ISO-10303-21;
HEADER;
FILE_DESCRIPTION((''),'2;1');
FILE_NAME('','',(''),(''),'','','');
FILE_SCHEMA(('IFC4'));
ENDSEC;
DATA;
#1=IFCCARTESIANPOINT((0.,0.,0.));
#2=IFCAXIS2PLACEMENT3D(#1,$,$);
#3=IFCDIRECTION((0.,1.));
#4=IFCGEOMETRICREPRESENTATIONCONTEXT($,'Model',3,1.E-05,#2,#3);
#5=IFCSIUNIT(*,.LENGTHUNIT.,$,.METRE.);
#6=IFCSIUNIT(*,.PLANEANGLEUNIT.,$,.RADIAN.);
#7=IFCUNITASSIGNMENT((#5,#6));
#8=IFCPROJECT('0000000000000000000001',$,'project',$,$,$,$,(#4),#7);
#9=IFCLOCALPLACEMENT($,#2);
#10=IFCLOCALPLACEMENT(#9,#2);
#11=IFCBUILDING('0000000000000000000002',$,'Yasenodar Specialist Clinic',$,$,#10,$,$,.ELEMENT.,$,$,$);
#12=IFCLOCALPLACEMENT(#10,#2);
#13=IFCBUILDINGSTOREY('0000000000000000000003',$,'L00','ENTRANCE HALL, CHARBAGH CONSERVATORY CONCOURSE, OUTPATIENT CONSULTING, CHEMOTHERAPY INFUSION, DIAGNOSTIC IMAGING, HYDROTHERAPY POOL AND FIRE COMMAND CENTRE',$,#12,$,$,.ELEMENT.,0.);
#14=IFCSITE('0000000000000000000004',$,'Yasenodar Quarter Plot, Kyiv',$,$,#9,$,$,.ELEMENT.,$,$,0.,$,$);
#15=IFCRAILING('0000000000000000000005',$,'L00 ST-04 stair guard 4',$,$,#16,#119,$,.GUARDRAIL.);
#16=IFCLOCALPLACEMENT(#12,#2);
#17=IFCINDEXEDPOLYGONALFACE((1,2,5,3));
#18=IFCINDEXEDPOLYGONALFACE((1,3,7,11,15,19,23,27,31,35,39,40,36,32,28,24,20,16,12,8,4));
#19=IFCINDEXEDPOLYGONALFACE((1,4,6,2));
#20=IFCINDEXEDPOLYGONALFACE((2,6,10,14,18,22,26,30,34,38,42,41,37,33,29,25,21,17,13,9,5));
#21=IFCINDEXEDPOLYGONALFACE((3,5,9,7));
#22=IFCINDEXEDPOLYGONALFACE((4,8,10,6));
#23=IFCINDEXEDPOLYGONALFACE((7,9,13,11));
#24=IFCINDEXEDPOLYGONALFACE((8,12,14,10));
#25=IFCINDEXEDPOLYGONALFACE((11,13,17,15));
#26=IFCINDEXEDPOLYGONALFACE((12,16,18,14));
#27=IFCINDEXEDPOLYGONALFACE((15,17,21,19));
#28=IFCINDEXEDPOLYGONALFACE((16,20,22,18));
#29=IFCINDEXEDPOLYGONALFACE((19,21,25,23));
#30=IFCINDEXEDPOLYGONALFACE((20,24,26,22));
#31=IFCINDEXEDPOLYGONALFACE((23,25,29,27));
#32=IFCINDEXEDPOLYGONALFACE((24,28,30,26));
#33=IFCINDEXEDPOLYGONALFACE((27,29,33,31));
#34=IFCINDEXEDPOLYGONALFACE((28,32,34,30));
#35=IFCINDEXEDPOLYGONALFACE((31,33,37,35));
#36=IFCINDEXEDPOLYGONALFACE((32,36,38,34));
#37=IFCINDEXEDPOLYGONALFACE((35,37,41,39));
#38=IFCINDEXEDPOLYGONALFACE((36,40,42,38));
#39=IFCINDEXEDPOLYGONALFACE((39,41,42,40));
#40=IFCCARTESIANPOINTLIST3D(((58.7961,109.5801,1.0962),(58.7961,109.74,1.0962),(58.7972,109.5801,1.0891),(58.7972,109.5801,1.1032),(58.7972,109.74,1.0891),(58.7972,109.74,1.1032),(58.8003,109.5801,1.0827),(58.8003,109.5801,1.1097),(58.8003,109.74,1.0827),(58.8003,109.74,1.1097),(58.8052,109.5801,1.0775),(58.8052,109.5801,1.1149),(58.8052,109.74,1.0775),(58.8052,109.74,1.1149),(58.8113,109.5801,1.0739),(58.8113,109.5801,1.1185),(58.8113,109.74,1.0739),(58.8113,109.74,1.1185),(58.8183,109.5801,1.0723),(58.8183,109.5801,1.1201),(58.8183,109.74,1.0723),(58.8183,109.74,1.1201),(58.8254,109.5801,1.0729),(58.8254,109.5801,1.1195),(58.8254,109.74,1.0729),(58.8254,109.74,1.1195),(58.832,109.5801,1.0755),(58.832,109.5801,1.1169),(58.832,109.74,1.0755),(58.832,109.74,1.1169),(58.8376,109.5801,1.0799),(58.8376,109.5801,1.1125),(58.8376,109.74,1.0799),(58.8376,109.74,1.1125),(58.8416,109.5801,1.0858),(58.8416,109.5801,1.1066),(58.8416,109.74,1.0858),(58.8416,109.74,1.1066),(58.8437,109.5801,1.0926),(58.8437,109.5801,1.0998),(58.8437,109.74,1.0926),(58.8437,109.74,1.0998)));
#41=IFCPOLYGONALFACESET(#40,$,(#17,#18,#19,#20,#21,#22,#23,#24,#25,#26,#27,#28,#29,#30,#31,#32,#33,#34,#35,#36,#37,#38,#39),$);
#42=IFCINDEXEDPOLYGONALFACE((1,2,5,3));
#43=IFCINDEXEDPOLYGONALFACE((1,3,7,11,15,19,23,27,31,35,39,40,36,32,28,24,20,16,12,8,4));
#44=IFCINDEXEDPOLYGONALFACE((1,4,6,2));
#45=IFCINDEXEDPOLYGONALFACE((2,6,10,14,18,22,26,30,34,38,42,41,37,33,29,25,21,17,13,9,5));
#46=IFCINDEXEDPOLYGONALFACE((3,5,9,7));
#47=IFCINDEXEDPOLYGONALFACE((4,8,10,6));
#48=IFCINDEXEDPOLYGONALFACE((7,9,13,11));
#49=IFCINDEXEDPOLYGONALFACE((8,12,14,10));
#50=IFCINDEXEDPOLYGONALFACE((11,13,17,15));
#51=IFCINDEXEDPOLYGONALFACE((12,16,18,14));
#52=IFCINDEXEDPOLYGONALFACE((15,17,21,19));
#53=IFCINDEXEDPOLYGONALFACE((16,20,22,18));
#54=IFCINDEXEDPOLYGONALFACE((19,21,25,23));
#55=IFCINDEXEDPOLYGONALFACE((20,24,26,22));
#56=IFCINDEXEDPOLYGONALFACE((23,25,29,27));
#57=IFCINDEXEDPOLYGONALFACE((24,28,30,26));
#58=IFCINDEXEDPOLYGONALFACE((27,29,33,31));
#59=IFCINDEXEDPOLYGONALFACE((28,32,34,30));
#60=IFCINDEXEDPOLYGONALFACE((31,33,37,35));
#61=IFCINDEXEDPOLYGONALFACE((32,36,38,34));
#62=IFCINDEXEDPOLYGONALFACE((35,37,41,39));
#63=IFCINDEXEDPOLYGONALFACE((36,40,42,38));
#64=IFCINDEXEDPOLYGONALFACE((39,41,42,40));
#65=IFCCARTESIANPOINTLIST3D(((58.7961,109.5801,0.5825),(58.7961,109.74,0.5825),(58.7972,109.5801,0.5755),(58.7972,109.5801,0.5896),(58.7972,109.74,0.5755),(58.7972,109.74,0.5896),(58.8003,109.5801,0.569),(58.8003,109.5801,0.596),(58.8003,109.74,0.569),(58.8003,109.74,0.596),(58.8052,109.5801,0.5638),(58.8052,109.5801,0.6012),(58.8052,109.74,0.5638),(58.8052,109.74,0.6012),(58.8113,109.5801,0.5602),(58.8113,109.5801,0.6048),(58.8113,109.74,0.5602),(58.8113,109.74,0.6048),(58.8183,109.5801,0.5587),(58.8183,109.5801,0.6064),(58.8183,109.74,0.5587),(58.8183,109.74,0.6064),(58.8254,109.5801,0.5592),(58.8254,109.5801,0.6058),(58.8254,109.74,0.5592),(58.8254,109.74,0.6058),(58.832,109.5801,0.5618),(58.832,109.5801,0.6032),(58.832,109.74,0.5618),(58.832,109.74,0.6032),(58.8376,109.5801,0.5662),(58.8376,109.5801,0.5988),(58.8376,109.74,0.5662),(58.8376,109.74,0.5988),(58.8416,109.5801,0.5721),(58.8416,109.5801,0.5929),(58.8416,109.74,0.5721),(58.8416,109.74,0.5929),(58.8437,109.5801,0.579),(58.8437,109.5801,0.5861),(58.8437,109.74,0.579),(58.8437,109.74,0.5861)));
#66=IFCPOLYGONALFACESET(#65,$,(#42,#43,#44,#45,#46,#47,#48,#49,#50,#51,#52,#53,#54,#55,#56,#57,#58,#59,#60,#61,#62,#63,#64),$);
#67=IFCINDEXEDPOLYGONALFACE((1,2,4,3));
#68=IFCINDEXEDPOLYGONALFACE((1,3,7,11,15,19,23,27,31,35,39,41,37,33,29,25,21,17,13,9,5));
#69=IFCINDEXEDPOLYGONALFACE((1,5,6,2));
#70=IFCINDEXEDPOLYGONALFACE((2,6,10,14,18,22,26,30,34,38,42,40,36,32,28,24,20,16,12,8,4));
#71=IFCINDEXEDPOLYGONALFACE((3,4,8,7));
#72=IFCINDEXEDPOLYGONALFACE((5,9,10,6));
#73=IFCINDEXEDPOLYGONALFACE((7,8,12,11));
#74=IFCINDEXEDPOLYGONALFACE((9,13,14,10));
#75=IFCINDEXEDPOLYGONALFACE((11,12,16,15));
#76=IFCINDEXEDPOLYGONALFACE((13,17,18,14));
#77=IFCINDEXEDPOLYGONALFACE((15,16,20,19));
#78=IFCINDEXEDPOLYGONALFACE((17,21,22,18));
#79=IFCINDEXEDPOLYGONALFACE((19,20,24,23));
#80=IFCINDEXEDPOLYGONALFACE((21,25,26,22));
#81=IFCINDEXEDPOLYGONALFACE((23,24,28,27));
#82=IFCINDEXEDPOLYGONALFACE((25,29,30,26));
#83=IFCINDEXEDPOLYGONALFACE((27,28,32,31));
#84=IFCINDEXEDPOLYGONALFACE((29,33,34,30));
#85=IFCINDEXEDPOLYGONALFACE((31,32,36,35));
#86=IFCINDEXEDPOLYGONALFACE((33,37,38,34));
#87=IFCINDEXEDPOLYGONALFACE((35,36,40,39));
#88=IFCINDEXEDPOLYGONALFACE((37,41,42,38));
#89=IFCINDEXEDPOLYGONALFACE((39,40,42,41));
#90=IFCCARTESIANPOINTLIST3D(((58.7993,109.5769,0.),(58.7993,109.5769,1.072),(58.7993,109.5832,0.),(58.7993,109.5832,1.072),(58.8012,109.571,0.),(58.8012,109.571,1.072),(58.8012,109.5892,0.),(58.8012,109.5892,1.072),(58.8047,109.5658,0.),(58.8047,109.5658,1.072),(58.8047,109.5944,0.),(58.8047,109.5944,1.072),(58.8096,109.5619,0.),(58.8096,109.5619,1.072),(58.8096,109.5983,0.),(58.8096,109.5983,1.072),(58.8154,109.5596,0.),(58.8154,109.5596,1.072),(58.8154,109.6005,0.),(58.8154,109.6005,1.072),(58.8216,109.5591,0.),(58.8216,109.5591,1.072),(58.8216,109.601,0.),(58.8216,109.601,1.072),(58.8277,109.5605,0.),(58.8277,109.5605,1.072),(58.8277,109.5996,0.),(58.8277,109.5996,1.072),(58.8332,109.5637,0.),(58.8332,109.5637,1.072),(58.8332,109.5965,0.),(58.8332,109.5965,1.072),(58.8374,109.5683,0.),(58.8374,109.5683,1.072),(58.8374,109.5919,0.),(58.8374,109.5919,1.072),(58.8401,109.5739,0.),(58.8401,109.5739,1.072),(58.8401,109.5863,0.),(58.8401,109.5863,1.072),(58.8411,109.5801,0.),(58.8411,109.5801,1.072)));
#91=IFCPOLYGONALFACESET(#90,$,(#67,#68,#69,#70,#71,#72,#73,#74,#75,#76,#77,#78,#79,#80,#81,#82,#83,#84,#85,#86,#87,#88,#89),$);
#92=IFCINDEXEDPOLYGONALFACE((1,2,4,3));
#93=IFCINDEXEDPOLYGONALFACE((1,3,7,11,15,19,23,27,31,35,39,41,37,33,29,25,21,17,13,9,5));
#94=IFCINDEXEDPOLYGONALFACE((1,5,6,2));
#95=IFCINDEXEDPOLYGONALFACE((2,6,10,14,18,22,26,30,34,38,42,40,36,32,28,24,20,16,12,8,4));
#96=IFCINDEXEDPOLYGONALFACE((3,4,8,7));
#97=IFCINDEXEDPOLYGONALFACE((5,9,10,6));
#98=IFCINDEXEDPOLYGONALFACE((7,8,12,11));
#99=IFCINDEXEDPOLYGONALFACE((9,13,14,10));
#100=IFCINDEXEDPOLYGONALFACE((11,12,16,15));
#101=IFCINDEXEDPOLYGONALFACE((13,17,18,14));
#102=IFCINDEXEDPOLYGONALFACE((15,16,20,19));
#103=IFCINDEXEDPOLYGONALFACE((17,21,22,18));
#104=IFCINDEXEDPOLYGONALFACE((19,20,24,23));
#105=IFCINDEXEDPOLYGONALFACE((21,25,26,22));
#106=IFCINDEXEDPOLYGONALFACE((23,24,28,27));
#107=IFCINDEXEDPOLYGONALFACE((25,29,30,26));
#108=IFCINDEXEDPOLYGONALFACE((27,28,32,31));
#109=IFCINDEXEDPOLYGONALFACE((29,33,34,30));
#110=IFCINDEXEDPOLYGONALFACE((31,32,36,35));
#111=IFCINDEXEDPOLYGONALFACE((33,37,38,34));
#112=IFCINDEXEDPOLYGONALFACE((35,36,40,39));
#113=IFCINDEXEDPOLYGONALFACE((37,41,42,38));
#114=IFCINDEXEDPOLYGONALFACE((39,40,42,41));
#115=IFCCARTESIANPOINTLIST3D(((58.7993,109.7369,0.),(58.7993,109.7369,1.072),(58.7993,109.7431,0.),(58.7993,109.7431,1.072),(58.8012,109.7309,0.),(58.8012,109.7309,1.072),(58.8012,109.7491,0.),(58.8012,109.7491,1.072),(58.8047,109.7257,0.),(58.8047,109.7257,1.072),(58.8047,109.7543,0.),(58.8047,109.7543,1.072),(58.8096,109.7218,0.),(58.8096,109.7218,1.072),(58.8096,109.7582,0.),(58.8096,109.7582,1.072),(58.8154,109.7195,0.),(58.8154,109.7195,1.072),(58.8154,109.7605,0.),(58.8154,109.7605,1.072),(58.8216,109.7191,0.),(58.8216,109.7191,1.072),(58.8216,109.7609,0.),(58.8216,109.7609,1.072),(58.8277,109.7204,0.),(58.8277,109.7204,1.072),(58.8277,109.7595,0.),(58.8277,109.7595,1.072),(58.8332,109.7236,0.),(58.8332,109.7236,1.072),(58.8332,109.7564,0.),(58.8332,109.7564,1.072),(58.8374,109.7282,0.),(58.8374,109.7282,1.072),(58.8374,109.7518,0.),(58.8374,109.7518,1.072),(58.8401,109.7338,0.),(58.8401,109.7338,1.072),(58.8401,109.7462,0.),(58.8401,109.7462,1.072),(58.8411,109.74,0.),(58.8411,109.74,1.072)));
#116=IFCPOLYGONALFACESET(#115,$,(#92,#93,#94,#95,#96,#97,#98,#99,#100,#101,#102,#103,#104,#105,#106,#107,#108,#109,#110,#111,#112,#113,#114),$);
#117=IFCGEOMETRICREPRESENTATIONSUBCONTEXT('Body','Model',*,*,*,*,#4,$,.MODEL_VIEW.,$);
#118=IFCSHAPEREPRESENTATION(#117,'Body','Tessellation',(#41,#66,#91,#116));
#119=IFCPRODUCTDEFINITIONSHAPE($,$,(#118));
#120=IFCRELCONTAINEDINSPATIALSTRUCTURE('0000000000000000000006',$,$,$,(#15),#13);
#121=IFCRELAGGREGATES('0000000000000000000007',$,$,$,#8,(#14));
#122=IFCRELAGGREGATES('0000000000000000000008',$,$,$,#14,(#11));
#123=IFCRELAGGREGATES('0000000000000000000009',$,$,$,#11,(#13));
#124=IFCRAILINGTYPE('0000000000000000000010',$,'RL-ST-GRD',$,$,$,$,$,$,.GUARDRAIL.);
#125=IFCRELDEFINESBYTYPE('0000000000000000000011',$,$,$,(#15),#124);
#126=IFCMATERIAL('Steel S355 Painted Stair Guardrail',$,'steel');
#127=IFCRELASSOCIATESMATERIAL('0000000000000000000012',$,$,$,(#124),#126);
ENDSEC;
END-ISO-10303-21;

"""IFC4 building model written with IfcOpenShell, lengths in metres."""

from ifc_helpers import new_model, si_unit, direction, frame, origin, origin_2d, place, context, subcontext, project, spatial, circle, extrude, material, type_object, element, save


model = new_model("IFC4")

# Units and contexts
model_context = context("Model", 3, precision=1e-05, world=origin(), true_north=direction((0.0, 1.0)))
body_context = subcontext(model_context, "Body", "Model", "MODEL_VIEW")
ifc_project = project(units=[si_unit("LENGTHUNIT", "METRE"), si_unit("PLANEANGLEUNIT", "RADIAN")], contexts=[model_context])

# Site, building, storey
site_placement = place(None, origin())
site = spatial("IfcSite", under=ifc_project, at=site_placement, Name="Yasenodar Quarter Plot, Kyiv", CompositionType="ELEMENT", RefElevation=0.0)
building_placement = place(site_placement, origin())
building = spatial("IfcBuilding", under=site, at=building_placement, Name="Yasenodar Specialist Clinic", CompositionType="ELEMENT")
storey_placement = place(building_placement, origin())
storey = spatial("IfcBuildingStorey", under=building, at=storey_placement, Name="L00", Description="ENTRANCE HALL, CHARBAGH CONSERVATORY CONCOURSE, OUTPATIENT CONSULTING, CHEMOTHERAPY INFUSION, DIAGNOSTIC IMAGING, HYDROTHERAPY POOL AND FIRE COMMAND CENTRE", CompositionType="ELEMENT", Elevation=0.0)

# Railing
ifc_material_1 = material(Name="Steel S355 Painted Stair Guardrail", Category="steel")
railing_type_1 = type_object("IfcRailingType", Name="RL-ST-GRD", PredefinedType="GUARDRAIL", material=ifc_material_1)
railing_1_placement = place(storey_placement, frame((58.8201, 109.5801, 0.0)))
element("IfcRailing", 1, at=railing_1_placement, inside=storey, type_object=railing_type_1, Name="L00 ST-04 stair guard 4", PredefinedType="GUARDRAIL", context=body_context, shape_type="SweptSolid", body=[
    extrude(circle(Radius=0.0239, at=origin_2d()), frame((0.0, 0.0, 1.0962), z_axis=(0.0, 1.0, 0.0), x_axis=(-1.0, 0.0, 0.0)), (0.0, 0.0, 1.0), 0.1599),
    extrude(circle(Radius=0.0239, at=origin_2d()), frame((0.0, 0.0, 0.5825), z_axis=(0.0, 1.0, 0.0), x_axis=(-1.0, 0.0, 0.0)), (0.0, 0.0, 1.0), 0.1599),
    extrude(circle(Radius=0.021, at=origin_2d()), origin(), (0.0, 0.0, 1.0), 1.072),
    extrude(circle(Radius=0.021, at=origin_2d()), frame((0.0, 0.1599, 0.0)), (0.0, 0.0, 1.0), 1.072),
])

save(model, "model.ifc")
